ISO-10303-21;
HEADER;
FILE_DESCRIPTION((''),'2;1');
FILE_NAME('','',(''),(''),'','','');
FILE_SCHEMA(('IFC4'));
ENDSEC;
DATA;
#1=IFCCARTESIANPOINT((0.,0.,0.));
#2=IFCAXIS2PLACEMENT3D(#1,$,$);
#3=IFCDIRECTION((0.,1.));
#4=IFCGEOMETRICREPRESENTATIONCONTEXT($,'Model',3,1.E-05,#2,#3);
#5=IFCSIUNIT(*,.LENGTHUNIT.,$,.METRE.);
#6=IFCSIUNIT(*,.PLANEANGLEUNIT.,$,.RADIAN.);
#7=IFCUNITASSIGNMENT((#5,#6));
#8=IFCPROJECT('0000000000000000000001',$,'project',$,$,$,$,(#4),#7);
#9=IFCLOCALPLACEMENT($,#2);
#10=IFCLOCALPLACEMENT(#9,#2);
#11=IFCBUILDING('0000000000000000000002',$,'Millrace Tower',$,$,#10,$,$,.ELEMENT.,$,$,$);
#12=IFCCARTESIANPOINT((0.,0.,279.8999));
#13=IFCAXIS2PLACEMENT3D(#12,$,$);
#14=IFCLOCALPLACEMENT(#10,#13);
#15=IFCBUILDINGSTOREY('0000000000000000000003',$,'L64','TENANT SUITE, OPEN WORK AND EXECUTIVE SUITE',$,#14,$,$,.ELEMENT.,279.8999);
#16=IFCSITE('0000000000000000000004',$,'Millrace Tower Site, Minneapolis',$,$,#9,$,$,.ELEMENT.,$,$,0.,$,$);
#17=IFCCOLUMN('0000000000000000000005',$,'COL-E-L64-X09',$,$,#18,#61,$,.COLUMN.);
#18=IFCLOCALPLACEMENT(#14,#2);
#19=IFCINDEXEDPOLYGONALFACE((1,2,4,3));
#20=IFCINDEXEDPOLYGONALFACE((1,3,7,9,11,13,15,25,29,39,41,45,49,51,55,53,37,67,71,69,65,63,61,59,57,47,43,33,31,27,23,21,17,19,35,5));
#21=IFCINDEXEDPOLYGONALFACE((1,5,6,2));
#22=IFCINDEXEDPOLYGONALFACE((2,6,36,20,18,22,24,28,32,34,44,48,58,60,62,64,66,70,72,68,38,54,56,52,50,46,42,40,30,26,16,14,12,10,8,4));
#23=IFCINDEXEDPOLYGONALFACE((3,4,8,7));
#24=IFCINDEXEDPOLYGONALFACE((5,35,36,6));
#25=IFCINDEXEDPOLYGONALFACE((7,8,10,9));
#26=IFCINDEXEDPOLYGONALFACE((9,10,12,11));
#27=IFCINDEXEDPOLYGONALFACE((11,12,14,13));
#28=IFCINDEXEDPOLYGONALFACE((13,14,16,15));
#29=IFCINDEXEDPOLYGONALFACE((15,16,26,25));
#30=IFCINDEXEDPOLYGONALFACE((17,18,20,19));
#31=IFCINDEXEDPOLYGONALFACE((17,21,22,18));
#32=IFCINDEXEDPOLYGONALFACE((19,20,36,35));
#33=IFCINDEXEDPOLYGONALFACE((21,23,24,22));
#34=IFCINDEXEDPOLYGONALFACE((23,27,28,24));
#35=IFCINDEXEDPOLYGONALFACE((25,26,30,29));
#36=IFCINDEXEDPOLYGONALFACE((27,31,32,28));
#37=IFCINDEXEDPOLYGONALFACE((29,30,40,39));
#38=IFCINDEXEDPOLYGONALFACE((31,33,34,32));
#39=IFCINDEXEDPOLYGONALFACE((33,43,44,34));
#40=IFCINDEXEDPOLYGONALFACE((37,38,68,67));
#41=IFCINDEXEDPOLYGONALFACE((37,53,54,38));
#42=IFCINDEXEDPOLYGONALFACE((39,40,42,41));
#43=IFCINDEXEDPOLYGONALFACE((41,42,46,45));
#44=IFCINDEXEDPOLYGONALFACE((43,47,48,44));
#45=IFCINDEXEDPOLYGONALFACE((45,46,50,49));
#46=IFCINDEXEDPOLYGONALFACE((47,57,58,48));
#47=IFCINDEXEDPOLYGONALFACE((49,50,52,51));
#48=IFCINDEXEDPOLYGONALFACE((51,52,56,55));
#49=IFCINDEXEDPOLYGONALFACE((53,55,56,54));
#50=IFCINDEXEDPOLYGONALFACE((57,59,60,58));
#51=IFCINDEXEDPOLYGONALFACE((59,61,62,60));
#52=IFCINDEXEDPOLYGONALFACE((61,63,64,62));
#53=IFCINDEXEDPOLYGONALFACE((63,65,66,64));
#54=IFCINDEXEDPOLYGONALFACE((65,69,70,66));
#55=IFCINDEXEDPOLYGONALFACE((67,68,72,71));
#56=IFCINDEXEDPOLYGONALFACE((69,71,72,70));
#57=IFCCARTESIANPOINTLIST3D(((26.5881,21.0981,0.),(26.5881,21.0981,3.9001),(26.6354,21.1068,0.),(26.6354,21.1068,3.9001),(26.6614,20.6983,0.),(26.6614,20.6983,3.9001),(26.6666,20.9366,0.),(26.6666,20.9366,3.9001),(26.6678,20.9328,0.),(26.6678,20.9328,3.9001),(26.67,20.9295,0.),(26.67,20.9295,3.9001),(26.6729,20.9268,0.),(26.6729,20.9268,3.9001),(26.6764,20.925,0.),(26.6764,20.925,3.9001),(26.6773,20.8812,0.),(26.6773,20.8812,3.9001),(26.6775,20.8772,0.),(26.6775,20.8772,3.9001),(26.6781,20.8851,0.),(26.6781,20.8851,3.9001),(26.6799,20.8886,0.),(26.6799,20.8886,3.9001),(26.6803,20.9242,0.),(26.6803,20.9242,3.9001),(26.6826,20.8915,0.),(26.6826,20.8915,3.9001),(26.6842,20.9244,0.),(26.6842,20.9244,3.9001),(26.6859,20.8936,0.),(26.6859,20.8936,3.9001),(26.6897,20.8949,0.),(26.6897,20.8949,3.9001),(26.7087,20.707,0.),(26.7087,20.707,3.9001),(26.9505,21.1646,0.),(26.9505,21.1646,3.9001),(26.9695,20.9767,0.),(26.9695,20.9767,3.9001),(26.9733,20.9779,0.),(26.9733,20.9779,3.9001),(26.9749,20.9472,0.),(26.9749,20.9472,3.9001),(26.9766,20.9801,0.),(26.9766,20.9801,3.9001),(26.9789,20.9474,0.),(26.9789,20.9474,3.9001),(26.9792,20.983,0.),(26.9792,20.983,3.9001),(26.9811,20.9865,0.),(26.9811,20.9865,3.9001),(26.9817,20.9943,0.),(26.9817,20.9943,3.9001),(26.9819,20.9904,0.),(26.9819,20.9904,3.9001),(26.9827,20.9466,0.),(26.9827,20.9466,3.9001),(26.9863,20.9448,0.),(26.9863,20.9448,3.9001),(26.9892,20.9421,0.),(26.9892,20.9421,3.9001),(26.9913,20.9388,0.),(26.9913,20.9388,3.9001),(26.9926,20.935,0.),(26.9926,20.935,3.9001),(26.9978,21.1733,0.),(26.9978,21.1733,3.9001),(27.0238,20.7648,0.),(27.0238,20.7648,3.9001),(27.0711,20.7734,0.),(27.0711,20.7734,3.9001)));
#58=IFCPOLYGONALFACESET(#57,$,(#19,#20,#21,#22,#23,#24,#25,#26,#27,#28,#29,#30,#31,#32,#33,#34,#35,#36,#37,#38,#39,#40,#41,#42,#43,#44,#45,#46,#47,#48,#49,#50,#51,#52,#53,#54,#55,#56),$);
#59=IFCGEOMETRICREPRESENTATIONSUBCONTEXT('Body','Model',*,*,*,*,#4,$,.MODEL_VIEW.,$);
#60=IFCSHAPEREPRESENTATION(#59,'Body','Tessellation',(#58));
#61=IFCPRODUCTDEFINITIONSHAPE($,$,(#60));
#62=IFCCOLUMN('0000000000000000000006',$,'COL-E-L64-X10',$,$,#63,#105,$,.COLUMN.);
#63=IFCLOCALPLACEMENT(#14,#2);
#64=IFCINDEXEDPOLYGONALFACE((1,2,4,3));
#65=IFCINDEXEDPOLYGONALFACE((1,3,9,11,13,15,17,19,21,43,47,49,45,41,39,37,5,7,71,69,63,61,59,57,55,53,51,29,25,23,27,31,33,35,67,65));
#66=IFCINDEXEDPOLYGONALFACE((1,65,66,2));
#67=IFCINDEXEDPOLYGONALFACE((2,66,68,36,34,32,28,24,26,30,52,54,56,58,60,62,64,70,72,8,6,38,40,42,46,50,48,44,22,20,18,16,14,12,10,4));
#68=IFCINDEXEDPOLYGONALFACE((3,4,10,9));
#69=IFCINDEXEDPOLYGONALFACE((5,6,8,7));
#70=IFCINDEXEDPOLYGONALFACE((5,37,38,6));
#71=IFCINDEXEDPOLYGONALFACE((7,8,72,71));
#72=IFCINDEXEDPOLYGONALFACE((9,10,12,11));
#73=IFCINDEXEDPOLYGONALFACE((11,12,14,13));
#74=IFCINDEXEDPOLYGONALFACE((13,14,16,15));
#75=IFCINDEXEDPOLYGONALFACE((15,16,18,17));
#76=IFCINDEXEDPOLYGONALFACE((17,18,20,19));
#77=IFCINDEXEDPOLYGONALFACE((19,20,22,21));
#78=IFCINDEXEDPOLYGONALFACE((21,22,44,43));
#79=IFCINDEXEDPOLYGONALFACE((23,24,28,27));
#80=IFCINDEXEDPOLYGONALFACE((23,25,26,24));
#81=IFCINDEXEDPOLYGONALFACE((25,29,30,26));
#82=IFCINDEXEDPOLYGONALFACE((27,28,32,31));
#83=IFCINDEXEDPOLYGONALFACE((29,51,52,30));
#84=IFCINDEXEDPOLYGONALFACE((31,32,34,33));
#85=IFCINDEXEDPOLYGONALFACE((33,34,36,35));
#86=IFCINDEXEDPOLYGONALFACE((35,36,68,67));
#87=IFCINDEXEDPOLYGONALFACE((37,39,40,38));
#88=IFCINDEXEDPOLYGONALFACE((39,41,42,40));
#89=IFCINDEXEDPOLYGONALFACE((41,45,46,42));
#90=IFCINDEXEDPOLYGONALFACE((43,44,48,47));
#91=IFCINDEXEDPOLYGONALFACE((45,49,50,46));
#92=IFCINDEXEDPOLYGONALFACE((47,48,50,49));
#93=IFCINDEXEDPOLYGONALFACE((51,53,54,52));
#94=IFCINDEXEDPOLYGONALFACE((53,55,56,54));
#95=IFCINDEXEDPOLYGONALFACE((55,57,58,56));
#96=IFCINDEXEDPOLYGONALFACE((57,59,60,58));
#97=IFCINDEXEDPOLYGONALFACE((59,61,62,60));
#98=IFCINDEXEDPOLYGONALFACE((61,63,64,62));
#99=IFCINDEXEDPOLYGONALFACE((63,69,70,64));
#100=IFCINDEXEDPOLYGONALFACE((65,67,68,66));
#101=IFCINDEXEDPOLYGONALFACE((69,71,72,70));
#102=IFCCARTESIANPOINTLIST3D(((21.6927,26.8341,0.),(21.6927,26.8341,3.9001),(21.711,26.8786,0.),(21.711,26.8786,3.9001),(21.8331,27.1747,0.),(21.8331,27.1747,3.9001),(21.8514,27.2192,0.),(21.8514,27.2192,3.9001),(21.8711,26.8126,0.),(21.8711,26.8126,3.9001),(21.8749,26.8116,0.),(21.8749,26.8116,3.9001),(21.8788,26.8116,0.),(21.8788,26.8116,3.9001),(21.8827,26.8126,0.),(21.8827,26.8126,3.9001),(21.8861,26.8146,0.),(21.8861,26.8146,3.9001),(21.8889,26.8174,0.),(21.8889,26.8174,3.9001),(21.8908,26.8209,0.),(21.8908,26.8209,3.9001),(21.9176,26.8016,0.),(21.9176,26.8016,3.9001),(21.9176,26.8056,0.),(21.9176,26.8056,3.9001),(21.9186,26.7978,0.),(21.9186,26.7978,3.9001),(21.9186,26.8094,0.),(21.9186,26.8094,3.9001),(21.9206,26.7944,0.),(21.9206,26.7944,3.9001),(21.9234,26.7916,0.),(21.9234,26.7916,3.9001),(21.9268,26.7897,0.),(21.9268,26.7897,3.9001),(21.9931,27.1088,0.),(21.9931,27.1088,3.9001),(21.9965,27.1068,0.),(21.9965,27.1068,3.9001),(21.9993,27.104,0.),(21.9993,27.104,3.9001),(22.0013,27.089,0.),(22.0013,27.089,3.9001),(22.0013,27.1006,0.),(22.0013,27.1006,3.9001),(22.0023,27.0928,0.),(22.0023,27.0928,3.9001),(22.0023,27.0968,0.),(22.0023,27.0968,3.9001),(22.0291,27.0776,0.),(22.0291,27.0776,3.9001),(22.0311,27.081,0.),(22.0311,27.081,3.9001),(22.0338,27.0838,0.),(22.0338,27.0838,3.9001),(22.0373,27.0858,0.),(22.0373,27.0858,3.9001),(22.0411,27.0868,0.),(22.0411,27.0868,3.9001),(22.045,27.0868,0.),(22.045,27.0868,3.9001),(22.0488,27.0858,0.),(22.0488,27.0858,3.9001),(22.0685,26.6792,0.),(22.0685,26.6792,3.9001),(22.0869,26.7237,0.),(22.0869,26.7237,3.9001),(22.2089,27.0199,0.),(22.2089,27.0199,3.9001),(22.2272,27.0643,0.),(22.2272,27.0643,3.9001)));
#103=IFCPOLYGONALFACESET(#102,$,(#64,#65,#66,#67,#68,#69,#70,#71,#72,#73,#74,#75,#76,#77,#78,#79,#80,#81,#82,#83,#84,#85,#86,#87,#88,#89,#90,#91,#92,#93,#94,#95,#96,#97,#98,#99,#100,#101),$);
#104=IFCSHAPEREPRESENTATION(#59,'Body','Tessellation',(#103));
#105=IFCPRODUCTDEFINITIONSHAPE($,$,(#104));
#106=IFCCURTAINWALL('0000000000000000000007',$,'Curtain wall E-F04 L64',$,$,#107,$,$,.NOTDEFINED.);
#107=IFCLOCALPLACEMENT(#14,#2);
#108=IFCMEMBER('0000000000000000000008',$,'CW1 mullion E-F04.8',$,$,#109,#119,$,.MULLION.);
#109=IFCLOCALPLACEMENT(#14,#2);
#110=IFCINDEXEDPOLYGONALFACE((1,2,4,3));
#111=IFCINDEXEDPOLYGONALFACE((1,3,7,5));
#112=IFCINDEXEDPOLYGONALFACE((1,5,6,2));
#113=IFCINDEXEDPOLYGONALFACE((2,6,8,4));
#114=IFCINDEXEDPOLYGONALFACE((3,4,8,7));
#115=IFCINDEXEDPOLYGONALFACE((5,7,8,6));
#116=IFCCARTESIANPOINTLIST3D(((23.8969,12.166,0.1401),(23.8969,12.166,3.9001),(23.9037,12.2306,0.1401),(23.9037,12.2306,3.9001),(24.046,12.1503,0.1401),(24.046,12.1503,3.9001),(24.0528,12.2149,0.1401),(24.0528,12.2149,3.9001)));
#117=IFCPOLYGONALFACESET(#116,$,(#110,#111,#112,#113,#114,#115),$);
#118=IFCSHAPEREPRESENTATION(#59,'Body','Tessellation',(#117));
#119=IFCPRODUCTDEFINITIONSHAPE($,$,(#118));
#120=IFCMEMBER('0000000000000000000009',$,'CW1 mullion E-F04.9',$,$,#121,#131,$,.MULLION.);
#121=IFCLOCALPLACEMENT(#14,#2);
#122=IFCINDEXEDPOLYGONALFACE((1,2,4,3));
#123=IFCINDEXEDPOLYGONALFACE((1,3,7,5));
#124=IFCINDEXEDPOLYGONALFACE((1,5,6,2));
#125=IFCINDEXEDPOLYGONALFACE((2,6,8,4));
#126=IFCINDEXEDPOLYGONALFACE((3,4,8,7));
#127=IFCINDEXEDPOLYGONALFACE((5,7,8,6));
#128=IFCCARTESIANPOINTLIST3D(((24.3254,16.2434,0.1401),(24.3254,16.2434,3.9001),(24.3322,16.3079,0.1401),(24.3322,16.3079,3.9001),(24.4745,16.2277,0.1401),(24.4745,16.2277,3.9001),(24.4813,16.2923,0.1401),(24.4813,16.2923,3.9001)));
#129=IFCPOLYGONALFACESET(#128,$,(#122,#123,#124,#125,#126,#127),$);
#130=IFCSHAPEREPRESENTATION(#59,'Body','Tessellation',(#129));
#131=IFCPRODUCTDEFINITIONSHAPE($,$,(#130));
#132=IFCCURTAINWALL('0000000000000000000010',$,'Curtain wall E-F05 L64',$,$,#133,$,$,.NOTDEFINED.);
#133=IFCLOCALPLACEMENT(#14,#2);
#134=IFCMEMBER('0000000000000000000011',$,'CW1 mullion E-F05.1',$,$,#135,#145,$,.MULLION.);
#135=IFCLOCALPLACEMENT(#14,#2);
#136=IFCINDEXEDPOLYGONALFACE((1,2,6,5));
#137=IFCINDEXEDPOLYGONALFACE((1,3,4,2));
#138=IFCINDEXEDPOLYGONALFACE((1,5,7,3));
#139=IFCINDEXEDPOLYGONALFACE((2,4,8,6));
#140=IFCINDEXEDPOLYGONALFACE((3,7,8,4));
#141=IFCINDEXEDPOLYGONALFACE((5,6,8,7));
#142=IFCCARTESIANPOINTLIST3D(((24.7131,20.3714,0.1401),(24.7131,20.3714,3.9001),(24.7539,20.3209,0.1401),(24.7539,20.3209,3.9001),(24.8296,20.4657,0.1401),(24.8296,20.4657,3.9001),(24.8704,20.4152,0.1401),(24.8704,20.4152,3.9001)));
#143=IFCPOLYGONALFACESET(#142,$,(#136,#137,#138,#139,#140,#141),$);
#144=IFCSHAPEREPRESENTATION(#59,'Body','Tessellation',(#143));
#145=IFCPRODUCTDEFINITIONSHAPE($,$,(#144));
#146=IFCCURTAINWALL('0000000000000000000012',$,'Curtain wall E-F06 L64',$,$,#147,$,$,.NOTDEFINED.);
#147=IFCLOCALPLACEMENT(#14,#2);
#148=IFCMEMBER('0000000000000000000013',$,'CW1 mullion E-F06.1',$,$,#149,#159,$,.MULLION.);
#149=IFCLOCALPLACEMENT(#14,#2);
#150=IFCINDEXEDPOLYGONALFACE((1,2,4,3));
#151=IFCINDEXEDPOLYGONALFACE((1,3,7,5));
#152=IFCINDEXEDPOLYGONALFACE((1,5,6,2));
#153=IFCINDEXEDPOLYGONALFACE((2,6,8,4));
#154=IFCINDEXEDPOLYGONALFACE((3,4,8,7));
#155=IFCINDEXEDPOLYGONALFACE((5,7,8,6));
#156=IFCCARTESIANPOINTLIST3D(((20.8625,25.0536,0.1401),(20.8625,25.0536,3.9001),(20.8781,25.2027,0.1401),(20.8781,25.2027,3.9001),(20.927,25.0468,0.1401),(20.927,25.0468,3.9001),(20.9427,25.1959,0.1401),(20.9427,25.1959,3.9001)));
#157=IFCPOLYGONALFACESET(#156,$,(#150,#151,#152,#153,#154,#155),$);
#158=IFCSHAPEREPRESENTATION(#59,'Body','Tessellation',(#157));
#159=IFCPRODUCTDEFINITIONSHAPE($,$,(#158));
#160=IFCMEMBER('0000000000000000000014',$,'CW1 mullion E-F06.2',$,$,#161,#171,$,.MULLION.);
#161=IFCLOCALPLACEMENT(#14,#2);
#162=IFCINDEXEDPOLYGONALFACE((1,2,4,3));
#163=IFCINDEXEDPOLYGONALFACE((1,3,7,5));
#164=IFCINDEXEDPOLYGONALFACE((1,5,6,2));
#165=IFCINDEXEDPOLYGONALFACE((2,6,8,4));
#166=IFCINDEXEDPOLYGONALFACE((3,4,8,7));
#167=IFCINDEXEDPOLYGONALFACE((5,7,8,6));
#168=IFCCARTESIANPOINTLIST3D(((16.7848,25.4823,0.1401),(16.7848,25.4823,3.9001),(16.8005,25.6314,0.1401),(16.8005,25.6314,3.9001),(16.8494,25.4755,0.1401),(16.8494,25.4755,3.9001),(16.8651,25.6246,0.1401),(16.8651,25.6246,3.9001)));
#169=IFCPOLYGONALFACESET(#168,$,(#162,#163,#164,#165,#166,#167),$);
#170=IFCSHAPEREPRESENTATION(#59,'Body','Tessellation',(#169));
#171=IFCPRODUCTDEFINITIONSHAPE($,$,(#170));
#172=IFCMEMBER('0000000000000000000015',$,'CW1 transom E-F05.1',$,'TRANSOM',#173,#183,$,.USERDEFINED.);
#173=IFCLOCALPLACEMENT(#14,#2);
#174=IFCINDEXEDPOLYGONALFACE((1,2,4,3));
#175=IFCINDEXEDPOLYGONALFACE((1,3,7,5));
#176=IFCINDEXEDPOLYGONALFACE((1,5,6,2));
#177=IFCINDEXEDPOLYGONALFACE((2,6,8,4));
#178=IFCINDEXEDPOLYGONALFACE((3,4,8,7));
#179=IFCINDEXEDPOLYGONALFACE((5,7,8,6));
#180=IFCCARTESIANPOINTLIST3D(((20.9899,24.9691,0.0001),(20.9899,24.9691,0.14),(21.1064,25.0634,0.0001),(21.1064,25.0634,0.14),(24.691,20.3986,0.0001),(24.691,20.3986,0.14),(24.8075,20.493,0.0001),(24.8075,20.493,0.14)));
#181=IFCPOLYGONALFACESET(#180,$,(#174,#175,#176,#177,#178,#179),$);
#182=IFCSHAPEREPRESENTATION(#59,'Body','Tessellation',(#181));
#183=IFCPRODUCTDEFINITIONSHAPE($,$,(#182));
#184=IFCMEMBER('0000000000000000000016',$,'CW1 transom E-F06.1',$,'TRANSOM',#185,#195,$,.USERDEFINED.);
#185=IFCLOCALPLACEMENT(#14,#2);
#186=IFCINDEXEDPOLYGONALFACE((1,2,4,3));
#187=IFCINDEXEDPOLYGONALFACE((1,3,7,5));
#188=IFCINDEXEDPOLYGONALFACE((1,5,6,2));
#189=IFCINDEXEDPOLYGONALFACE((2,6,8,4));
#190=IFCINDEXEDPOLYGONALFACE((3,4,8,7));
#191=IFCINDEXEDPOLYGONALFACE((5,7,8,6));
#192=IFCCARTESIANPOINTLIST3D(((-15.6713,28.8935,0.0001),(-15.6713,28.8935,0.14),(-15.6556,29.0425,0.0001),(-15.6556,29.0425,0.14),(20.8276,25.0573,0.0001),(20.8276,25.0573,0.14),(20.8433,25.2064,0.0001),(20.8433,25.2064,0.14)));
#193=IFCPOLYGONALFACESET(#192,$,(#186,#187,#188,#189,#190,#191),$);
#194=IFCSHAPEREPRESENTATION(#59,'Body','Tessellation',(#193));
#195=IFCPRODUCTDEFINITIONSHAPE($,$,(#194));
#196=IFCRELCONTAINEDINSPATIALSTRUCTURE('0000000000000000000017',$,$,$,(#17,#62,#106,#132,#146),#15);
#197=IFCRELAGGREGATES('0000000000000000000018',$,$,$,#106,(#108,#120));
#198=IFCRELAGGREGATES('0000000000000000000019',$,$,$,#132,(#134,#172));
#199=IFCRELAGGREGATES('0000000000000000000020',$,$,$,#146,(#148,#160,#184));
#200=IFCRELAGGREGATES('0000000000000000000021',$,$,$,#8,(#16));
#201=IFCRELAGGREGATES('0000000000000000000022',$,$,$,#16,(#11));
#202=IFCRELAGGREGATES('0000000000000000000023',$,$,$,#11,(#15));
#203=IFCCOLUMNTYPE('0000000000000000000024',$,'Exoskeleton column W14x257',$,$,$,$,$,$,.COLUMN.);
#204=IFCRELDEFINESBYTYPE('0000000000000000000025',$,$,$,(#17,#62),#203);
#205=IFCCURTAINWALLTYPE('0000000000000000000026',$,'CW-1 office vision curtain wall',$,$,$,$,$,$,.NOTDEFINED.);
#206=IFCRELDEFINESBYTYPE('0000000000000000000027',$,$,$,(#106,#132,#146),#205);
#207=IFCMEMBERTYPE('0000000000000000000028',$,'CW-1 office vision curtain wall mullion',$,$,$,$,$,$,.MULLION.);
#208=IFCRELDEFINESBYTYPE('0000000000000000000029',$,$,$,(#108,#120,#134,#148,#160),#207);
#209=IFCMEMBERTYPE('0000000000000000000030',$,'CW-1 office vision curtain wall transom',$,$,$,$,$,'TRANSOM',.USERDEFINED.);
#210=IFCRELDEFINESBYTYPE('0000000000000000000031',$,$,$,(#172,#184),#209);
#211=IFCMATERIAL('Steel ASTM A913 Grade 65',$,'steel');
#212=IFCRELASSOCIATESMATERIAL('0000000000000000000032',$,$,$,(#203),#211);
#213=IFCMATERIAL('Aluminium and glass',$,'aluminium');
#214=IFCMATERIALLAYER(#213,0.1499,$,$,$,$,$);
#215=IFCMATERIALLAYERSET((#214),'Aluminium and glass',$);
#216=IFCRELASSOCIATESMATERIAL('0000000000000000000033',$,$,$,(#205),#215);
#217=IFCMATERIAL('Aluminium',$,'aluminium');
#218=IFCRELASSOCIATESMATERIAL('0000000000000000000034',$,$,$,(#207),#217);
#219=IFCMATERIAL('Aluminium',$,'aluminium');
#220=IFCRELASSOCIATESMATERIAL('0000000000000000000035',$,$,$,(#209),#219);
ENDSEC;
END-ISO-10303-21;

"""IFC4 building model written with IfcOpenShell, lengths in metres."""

from ifc_helpers import new_model, si_unit, direction, frame, origin, origin_2d, place, context, subcontext, project, spatial, rectangle, i_section, extrude, material, layer, layer_set, material_profile, profile_set, type_object, element, aggregate, save


model = new_model("IFC4")

# Units and contexts
model_context = context("Model", 3, precision=1e-05, world=origin(), true_north=direction((0.0, 1.0)))
body_context = subcontext(model_context, "Body", "Model", "MODEL_VIEW")
ifc_project = project(units=[si_unit("LENGTHUNIT", "METRE"), si_unit("PLANEANGLEUNIT", "RADIAN")], contexts=[model_context])

# Site, building, storey
site_placement = place(None, origin())
site = spatial("IfcSite", under=ifc_project, at=site_placement, Name="Millrace Tower Site, Minneapolis", CompositionType="ELEMENT", RefElevation=0.0)
building_placement = place(site_placement, origin())
building = spatial("IfcBuilding", under=site, at=building_placement, Name="Millrace Tower", CompositionType="ELEMENT")
storey_placement = place(building_placement, frame((0.0, 0.0, 279.8999)))
storey = spatial("IfcBuildingStorey", under=building, at=storey_placement, Name="L64", Description="TENANT SUITE, OPEN WORK AND EXECUTIVE SUITE", CompositionType="ELEMENT", Elevation=279.8999)

# Columns
ifc_material_1 = material(Name="Steel ASTM A913 Grade 65", Category="steel")
ifc_material_profile_1 = material_profile(ifc_material_1, i_section(OverallWidth=0.4065, OverallDepth=0.4165, WebThickness=0.03, FlangeThickness=0.0481, FilletRadius=0.0151, at=origin_2d()))
ifc_profile_set_1 = profile_set([ifc_material_profile_1], Name="Steel ASTM A913 Grade 65")
column_type = type_object("IfcColumnType", Name="Exoskeleton column W14x257", PredefinedType="COLUMN", material=ifc_profile_set_1)
for number, where, z_axis, x_axis, name in (
    (1, (26.8296, 20.9358, 0.0), (0.0, 0.0, 1.0), (-0.180387, 0.983596, 0.0), "COL-E-L64-X09"),
    (2, (21.96, 26.9492, 0.0), (0.0, 0.0, 1.0), (-0.924597, 0.380947, 0.0), "COL-E-L64-X10"),
):
    element("IfcColumn", number, at=place(storey_placement, frame(where, z_axis=z_axis, x_axis=x_axis)), inside=storey, type_object=column_type, Name=name, PredefinedType="COLUMN", context=body_context, shape_type="SweptSolid", body=[
        extrude(i_section(OverallWidth=0.4065, OverallDepth=0.4165, WebThickness=0.03, FlangeThickness=0.0481, FilletRadius=0.0151, at=origin_2d()), origin(), (0.0, 0.0, 1.0), 3.9001),
    ])

# Curtain wall, members
ifc_material_2 = material(Name="Aluminium and glass", Category="aluminium")
ifc_layer_1 = layer(ifc_material_2, 0.1499)
ifc_layer_set_1 = layer_set([ifc_layer_1], Name="Aluminium and glass")
curtain_wall_type = type_object("IfcCurtainWallType", Name="CW-1 office vision curtain wall", PredefinedType="NOTDEFINED", material=ifc_layer_set_1)
placement = place(storey_placement, origin())
curtain_wall_1 = element("IfcCurtainWall", 3, at=placement, inside=storey, type_object=curtain_wall_type, Name="Curtain wall E-F04 L64", PredefinedType="NOTDEFINED")
ifc_material_3 = material(Name="Aluminium", Category="aluminium")
ifc_material_profile_2 = material_profile(ifc_material_3, rectangle(XDim=0.0649, YDim=0.1499, at=origin_2d()))
ifc_profile_set_2 = profile_set([ifc_material_profile_2], Name="Aluminium")
member_type_1 = type_object("IfcMemberType", Name="CW-1 office vision curtain wall mullion", PredefinedType="MULLION", material=ifc_profile_set_2)
member_1_placement = place(storey_placement, frame((23.9749, 12.1904, 0.1401), z_axis=(0.0, 0.0, 1.0), x_axis=(0.104528, 0.994522, 0.0)))
member_1 = element("IfcMember", 4, at=member_1_placement, type_object=member_type_1, Name="CW1 mullion E-F04.8", PredefinedType="MULLION", context=body_context, shape_type="SweptSolid", body=[
    extrude(rectangle(XDim=0.0649, YDim=0.1499, at=origin_2d()), origin(), (0.0, 0.0, 1.0), 3.76),
])
member_2_placement = place(storey_placement, frame((24.4033, 16.2678, 0.1401), z_axis=(0.0, 0.0, 1.0), x_axis=(0.104528, 0.994522, 0.0)))
member_2 = element("IfcMember", 5, at=member_2_placement, type_object=member_type_1, Name="CW1 mullion E-F04.9", PredefinedType="MULLION", context=body_context, shape_type="SweptSolid", body=[
    extrude(rectangle(XDim=0.0649, YDim=0.1499, at=origin_2d()), origin(), (0.0, 0.0, 1.0), 3.76),
])
aggregate(curtain_wall_1, [member_1, member_2])

# Curtain wall, member
curtain_wall_2 = element("IfcCurtainWall", 6, at=placement, inside=storey, type_object=curtain_wall_type, Name="Curtain wall E-F05 L64", PredefinedType="NOTDEFINED")
member_3_placement = place(storey_placement, frame((24.7917, 20.3933, 0.1401), z_axis=(0.0, 0.0, 1.0), x_axis=(-0.62932, 0.777146, 0.0)))
member_3 = element("IfcMember", 7, at=member_3_placement, type_object=member_type_1, Name="CW1 mullion E-F05.1", PredefinedType="MULLION", context=body_context, shape_type="SweptSolid", body=[
    extrude(rectangle(XDim=0.0649, YDim=0.1499, at=origin_2d()), origin(), (0.0, 0.0, 1.0), 3.76),
])

# Curtain wall, members
curtain_wall_3 = element("IfcCurtainWall", 8, at=placement, inside=storey, type_object=curtain_wall_type, Name="Curtain wall E-F06 L64", PredefinedType="NOTDEFINED")
member_4_placement = place(storey_placement, frame((20.9026, 25.1248, 0.1401), z_axis=(0.0, 0.0, 1.0), x_axis=(-0.994522, 0.104528, 0.0)))
member_4 = element("IfcMember", 9, at=member_4_placement, type_object=member_type_1, Name="CW1 mullion E-F06.1", PredefinedType="MULLION", context=body_context, shape_type="SweptSolid", body=[
    extrude(rectangle(XDim=0.0649, YDim=0.1499, at=origin_2d()), origin(), (0.0, 0.0, 1.0), 3.76),
])
member_5_placement = place(storey_placement, frame((16.825, 25.5535, 0.1401), z_axis=(0.0, 0.0, 1.0), x_axis=(-0.994522, 0.104528, 0.0)))
member_5 = element("IfcMember", 10, at=member_5_placement, type_object=member_type_1, Name="CW1 mullion E-F06.2", PredefinedType="MULLION", context=body_context, shape_type="SweptSolid", body=[
    extrude(rectangle(XDim=0.0649, YDim=0.1499, at=origin_2d()), origin(), (0.0, 0.0, 1.0), 3.76),
])

# Members
ifc_material_4 = material(Name="Aluminium", Category="aluminium")
ifc_material_profile_3 = material_profile(ifc_material_4, rectangle(XDim=0.1499, YDim=0.1399, at=origin_2d()))
ifc_profile_set_3 = profile_set([ifc_material_profile_3], Name="Aluminium")
member_type_2 = type_object("IfcMemberType", Name="CW-1 office vision curtain wall transom", ElementType="TRANSOM", PredefinedType="USERDEFINED", material=ifc_profile_set_3)
member_6_placement = place(storey_placement, frame((24.7493, 20.4458, 0.0701), z_axis=(-0.629321, 0.777145, 0.0), x_axis=(-0.777145, -0.629321, 0.0)))
member_6 = element("IfcMember", 11, at=member_6_placement, type_object=member_type_2, Name="CW1 transom E-F05.1", ObjectType="TRANSOM", PredefinedType="USERDEFINED", context=body_context, shape_type="SweptSolid", body=[
    extrude(rectangle(XDim=0.1499, YDim=0.1399, at=origin_2d()), origin(), (0.0, 0.0, 1.0), 5.8811),
])
aggregate(curtain_wall_2, [member_3, member_6])
member_7_placement = place(storey_placement, frame((20.8354, 25.1318, 0.0701), z_axis=(-0.994522, 0.104528, 0.0), x_axis=(-0.104528, -0.994522, 0.0)))
member_7 = element("IfcMember", 12, at=member_7_placement, type_object=member_type_2, Name="CW1 transom E-F06.1", ObjectType="TRANSOM", PredefinedType="USERDEFINED", context=body_context, shape_type="SweptSolid", body=[
    extrude(rectangle(XDim=0.1499, YDim=0.1399, at=origin_2d()), origin(), (0.0, 0.0, 1.0), 36.7),
])
aggregate(curtain_wall_3, [member_4, member_5, member_7])

save(model, "model.ifc")
